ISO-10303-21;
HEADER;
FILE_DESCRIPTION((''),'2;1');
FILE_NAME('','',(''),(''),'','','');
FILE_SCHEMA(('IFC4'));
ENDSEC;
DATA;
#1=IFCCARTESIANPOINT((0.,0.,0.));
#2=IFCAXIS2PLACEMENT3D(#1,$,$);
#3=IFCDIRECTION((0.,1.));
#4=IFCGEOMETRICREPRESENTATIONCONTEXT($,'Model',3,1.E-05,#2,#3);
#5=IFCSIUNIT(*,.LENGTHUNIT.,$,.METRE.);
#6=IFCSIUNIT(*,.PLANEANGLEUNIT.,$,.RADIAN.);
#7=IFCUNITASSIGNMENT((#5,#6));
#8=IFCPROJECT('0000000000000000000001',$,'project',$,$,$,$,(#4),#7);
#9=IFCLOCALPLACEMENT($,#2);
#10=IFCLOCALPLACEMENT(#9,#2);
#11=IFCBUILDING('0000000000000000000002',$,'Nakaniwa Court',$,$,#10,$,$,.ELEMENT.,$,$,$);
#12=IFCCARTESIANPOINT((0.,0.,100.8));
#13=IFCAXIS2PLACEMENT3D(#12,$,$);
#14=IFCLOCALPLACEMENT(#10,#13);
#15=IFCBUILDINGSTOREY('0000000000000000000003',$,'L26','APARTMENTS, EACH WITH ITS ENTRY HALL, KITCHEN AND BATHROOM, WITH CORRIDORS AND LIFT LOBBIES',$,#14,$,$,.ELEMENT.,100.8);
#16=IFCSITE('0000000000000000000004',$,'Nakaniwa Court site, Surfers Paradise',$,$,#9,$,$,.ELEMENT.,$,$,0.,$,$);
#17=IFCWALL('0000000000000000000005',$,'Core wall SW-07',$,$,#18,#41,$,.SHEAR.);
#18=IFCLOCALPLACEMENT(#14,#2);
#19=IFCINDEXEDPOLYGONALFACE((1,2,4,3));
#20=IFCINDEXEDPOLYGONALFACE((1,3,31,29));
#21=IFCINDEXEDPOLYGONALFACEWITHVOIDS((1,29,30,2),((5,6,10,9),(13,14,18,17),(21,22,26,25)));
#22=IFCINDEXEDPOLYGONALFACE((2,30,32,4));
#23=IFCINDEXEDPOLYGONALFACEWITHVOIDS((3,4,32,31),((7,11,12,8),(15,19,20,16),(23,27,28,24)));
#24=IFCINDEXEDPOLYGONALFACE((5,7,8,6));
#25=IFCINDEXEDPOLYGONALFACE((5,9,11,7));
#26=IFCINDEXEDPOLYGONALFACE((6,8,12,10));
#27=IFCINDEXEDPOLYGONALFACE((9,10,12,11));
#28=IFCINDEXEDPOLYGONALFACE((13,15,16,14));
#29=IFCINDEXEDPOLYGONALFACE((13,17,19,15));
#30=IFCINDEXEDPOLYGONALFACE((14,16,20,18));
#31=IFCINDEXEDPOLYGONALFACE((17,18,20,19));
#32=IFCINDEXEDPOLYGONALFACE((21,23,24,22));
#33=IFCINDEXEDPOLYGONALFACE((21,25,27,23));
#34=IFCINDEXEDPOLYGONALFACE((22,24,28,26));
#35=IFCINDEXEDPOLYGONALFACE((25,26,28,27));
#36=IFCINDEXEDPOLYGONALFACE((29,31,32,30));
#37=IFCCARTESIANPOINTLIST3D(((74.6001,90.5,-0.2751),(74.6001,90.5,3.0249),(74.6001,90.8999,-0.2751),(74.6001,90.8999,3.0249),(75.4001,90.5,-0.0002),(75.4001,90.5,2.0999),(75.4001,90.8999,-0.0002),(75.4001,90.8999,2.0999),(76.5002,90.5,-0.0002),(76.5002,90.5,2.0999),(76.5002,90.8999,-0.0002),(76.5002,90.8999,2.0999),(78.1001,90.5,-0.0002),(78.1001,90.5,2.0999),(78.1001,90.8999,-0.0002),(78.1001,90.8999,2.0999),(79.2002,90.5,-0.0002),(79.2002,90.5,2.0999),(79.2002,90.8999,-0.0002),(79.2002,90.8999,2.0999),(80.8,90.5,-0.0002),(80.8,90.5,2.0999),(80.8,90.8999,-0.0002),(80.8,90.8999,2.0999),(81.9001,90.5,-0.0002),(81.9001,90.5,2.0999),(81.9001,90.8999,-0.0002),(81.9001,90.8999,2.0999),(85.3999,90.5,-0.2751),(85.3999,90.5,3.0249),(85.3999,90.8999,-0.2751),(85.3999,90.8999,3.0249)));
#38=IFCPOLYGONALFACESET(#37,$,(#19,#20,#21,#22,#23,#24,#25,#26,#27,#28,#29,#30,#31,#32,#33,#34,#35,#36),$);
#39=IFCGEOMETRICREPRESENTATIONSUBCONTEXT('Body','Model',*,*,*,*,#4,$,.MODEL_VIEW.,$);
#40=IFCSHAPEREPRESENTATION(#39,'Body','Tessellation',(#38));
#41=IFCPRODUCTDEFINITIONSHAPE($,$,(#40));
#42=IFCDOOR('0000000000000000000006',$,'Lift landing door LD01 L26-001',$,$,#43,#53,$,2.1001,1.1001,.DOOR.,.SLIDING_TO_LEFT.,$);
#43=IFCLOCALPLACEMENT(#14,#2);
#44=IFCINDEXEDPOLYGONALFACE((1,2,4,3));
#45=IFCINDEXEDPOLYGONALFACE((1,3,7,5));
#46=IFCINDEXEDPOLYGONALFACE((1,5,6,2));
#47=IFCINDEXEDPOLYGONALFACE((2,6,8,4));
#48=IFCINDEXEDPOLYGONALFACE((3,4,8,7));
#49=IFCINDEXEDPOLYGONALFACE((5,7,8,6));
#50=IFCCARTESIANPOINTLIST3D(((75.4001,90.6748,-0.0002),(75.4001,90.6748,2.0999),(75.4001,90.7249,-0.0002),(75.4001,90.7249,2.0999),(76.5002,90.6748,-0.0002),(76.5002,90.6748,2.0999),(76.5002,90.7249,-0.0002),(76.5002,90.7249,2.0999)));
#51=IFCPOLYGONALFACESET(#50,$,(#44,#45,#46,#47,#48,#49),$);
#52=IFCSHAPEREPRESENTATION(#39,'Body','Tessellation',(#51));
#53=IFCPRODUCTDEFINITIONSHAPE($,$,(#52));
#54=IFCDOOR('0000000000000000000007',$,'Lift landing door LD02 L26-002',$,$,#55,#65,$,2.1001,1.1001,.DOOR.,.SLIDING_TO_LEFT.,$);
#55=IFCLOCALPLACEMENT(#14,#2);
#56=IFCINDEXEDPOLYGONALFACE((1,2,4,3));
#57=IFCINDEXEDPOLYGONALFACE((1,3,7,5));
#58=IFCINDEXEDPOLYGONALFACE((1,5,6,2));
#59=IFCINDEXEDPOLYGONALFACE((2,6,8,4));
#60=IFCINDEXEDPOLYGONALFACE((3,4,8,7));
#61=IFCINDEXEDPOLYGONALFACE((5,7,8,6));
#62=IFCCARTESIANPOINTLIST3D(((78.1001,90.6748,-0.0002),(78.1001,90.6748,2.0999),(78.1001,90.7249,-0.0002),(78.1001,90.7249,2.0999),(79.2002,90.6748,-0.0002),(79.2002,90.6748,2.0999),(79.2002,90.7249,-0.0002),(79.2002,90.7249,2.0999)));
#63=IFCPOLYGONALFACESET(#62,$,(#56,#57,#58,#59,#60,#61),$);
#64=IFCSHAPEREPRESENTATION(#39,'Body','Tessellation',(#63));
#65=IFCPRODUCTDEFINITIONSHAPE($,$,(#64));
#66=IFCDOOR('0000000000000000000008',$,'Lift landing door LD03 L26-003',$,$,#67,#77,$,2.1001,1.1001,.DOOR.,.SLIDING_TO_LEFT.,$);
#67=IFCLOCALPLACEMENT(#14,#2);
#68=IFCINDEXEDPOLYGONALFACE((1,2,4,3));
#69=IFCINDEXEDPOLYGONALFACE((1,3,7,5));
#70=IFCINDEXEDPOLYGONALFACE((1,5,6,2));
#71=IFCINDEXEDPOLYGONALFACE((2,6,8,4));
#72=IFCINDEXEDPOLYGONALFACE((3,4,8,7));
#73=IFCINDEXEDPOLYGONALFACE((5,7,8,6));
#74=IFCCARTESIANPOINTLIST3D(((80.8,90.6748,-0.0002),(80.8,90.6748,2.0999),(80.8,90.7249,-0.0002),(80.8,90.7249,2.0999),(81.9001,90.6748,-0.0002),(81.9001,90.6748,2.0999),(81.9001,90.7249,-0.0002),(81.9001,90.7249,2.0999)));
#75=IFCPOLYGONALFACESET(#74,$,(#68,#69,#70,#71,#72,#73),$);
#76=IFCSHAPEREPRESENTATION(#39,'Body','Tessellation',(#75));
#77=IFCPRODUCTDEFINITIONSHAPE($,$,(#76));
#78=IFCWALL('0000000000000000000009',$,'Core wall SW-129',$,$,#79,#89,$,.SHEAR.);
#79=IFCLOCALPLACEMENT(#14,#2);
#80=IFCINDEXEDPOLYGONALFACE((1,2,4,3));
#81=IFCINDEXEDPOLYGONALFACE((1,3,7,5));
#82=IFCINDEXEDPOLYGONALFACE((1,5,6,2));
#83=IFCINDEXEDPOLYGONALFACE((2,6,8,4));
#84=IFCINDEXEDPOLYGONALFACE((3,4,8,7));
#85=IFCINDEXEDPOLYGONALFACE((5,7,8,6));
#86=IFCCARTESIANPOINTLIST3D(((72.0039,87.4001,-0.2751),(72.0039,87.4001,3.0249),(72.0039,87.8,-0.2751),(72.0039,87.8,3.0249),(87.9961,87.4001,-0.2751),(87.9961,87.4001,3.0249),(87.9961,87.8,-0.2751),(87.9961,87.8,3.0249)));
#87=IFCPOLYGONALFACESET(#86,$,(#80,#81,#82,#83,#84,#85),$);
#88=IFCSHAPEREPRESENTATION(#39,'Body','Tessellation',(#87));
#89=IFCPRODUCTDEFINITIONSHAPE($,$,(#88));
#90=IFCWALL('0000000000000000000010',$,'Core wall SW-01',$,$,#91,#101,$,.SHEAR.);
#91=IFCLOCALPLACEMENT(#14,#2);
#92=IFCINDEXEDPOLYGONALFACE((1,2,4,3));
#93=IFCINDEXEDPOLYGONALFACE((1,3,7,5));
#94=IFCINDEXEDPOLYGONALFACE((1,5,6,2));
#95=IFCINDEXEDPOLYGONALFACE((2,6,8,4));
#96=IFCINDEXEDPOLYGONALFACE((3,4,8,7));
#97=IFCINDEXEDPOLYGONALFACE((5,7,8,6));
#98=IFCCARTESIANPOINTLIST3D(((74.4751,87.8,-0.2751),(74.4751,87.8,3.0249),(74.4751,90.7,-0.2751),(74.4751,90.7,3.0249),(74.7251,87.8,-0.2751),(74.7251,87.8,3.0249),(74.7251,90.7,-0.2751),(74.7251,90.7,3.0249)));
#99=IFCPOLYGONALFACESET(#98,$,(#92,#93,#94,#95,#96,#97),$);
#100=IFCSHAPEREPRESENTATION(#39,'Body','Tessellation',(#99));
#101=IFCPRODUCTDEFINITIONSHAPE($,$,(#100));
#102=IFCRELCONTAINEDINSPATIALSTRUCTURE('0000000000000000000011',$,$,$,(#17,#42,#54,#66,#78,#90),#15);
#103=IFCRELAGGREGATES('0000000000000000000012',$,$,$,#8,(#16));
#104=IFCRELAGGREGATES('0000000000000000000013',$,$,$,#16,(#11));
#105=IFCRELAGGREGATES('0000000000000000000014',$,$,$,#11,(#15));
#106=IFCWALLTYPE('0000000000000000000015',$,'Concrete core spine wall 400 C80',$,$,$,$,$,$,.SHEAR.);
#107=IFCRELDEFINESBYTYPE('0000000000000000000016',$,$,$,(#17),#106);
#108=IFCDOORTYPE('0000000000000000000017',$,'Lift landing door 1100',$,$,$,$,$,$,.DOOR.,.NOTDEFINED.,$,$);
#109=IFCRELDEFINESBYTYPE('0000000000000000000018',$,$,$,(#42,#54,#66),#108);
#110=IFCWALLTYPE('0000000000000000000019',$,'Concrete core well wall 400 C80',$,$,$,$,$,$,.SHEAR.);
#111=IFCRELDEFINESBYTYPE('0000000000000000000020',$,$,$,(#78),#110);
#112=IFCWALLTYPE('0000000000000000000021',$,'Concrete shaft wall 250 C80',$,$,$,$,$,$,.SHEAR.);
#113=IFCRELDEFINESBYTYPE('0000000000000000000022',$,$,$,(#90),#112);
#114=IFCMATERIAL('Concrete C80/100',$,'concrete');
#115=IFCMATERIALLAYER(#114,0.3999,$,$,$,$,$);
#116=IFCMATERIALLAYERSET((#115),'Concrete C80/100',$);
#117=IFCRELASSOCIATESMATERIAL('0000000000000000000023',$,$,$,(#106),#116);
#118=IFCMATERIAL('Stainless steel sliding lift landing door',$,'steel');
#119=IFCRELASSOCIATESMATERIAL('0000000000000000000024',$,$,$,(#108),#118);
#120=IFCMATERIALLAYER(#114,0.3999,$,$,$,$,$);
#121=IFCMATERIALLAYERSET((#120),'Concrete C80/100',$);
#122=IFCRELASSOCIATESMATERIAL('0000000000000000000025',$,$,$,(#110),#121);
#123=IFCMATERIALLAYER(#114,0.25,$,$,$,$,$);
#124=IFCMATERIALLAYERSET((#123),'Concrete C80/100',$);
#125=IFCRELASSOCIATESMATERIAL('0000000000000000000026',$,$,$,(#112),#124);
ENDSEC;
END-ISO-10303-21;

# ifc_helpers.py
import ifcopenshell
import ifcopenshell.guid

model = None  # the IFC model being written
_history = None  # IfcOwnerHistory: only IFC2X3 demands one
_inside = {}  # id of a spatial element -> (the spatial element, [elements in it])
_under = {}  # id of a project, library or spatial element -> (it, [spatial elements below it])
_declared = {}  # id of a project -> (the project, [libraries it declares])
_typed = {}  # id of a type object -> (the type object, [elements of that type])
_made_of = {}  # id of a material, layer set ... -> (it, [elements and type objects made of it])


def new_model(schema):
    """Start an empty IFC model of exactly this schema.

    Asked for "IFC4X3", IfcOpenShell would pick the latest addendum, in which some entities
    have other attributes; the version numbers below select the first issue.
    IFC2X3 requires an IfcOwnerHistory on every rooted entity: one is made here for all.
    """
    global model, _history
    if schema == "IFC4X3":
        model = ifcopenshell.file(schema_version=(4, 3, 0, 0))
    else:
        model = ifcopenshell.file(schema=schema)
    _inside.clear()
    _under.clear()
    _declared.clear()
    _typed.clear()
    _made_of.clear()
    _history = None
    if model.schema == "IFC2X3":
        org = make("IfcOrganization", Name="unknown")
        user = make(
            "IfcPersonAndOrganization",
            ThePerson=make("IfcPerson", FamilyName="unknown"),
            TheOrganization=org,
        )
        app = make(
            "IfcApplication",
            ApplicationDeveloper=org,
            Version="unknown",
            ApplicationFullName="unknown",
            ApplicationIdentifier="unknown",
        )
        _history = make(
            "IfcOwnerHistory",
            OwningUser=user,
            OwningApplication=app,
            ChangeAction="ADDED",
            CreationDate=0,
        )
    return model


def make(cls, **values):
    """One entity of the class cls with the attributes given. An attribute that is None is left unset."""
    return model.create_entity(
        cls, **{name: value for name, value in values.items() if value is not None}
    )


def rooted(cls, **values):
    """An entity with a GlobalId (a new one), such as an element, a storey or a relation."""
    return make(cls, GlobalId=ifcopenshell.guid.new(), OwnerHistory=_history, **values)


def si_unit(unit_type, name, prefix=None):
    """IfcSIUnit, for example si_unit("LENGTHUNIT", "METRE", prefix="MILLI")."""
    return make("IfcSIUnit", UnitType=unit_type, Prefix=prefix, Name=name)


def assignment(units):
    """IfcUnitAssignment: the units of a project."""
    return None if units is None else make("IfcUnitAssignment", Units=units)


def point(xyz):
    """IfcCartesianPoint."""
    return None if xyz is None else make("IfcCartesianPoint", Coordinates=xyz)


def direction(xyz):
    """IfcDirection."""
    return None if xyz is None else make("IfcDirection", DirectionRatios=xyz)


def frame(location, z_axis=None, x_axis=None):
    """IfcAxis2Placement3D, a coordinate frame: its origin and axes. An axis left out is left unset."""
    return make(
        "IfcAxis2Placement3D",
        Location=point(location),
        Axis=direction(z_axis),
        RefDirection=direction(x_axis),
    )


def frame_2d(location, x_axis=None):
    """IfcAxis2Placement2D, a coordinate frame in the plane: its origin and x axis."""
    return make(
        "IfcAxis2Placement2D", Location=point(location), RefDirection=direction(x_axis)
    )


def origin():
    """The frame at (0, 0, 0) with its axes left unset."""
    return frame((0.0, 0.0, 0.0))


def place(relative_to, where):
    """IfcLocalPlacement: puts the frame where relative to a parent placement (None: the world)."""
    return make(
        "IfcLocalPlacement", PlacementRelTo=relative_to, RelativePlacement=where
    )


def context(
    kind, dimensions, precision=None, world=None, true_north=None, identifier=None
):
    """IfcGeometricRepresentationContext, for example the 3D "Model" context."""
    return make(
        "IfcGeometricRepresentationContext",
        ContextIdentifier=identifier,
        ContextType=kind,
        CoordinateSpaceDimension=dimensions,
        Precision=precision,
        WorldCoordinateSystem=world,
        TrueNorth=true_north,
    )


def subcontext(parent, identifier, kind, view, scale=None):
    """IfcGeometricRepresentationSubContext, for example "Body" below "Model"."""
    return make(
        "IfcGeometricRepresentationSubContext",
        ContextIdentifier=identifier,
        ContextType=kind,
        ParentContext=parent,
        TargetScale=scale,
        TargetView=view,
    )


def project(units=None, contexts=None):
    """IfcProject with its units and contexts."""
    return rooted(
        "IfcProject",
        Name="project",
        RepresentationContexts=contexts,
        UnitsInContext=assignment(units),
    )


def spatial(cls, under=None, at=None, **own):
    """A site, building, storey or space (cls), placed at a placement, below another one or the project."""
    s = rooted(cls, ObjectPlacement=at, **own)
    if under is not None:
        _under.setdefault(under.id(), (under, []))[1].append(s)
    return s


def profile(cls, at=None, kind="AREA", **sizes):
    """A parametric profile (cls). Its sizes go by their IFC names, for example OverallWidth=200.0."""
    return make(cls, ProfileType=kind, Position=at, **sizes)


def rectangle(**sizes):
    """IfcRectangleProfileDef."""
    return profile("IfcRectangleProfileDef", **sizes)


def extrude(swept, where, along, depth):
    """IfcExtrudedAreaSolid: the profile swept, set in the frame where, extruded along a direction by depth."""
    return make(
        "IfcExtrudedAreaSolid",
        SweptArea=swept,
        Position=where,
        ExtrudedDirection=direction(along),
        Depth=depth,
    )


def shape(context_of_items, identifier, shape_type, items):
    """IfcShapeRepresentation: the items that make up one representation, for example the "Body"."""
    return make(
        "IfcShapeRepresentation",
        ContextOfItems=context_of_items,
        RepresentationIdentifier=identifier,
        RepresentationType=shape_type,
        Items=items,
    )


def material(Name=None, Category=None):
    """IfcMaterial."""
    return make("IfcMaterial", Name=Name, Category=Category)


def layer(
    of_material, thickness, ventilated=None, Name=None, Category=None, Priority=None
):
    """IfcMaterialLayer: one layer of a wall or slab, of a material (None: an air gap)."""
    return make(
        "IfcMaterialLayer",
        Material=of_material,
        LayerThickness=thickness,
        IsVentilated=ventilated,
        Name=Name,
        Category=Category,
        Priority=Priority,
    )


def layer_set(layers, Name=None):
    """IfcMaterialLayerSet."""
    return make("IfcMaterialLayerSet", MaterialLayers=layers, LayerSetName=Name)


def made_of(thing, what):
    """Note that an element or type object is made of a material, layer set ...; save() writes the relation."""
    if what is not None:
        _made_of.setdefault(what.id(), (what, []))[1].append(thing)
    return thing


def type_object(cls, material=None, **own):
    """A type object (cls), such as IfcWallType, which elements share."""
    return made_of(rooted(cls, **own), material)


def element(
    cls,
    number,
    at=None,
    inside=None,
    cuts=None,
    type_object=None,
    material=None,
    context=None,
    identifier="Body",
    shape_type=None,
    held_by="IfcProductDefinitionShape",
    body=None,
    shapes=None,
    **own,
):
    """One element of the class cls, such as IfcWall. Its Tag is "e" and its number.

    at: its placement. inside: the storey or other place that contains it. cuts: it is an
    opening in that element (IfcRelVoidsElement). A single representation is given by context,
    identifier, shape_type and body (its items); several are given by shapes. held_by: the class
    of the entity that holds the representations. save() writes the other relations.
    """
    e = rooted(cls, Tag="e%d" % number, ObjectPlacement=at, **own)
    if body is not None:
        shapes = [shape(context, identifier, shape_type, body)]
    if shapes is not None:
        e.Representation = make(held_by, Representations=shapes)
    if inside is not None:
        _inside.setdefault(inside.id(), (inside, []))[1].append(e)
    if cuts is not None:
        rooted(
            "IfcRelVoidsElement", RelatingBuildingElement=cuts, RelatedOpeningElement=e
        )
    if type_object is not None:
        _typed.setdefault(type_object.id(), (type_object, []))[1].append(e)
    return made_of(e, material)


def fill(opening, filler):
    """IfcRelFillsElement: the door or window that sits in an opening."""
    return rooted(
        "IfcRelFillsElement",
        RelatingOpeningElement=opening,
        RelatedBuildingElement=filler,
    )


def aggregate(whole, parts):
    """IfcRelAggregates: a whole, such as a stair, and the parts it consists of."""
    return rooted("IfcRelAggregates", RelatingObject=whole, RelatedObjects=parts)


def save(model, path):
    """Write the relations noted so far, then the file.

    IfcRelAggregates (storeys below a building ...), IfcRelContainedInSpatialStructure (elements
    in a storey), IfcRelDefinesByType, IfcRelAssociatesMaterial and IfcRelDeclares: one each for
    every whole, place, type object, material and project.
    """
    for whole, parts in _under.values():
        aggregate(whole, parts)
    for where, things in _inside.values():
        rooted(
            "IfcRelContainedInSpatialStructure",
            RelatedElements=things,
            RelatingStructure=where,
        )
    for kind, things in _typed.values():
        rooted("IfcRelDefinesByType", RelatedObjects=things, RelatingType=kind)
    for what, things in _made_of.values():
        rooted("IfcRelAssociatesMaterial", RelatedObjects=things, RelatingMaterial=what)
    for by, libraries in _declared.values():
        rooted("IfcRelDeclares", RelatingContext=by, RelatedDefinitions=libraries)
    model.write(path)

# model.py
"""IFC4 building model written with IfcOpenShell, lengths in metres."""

from ifc_helpers import new_model, si_unit, direction, frame, frame_2d, origin, place, context, subcontext, project, spatial, rectangle, extrude, material, layer, layer_set, type_object, element, fill, save


model = new_model("IFC4")

# Units and contexts
model_context = context("Model", 3, precision=1e-05, world=origin(), true_north=direction((0.0, 1.0)))
body_context = subcontext(model_context, "Body", "Model", "MODEL_VIEW")
ifc_project = project(units=[si_unit("LENGTHUNIT", "METRE"), si_unit("PLANEANGLEUNIT", "RADIAN")], contexts=[model_context])

# Site, building, storey
site_placement = place(None, origin())
site = spatial("IfcSite", under=ifc_project, at=site_placement, Name="Nakaniwa Court site, Surfers Paradise", CompositionType="ELEMENT", RefElevation=0.0)
building_placement = place(site_placement, origin())
building = spatial("IfcBuilding", under=site, at=building_placement, Name="Nakaniwa Court", CompositionType="ELEMENT")
storey_placement = place(building_placement, frame((0.0, 0.0, 100.8)))
storey = spatial("IfcBuildingStorey", under=building, at=storey_placement, Name="L26", Description="APARTMENTS, EACH WITH ITS ENTRY HALL, KITCHEN AND BATHROOM, WITH CORRIDORS AND LIFT LOBBIES", CompositionType="ELEMENT", Elevation=100.8)

# Shared definitions
ifc_material_1 = material(Name="Concrete C80/100", Category="concrete")

# Wall, openings, doors
ifc_layer_1 = layer(ifc_material_1, 0.3999)
ifc_layer_set_1 = layer_set([ifc_layer_1], Name="Concrete C80/100")
wall_type_1 = type_object("IfcWallType", Name="Concrete core spine wall 400 C80", PredefinedType="SHEAR", material=ifc_layer_set_1)
wall_1_placement = place(storey_placement, frame((74.6001, 90.7, -0.2751), z_axis=(0.0, 0.0, 1.0), x_axis=(1.0, 0.0, 0.0)))
wall_1 = element("IfcWall", 1, at=wall_1_placement, inside=storey, type_object=wall_type_1, Name="Core wall SW-07", PredefinedType="SHEAR", context=body_context, shape_type="SweptSolid", body=[
    extrude(rectangle(XDim=10.7998, YDim=0.3999, at=frame_2d((5.3999, 0.0))), origin(), (0.0, 0.0, 1.0), 3.3),
])
opening_1_placement = place(wall_1_placement, frame((0.8, 0.0, 0.2749)))
opening_1 = element("IfcOpeningElement", 2, at=opening_1_placement, cuts=wall_1, PredefinedType="OPENING", context=body_context, shape_type="SweptSolid", body=[
    extrude(rectangle(XDim=1.1001, YDim=2.1001, at=frame_2d((0.55, 1.05))), frame((0.0, 0.21, 0.0), z_axis=(0.0, -1.0, 0.0), x_axis=(1.0, 0.0, 0.0)), (0.0, 0.0, 1.0), 0.4199),
])
opening_2_placement = place(wall_1_placement, frame((3.5, 0.0, 0.2749)))
opening_2 = element("IfcOpeningElement", 3, at=opening_2_placement, cuts=wall_1, PredefinedType="OPENING", context=body_context, shape_type="SweptSolid", body=[
    extrude(rectangle(XDim=1.1001, YDim=2.1001, at=frame_2d((0.55, 1.05))), frame((0.0, 0.21, 0.0), z_axis=(0.0, -1.0, 0.0), x_axis=(1.0, 0.0, 0.0)), (0.0, 0.0, 1.0), 0.4199),
])
opening_3_placement = place(wall_1_placement, frame((6.2, 0.0, 0.2749)))
opening_3 = element("IfcOpeningElement", 4, at=opening_3_placement, cuts=wall_1, PredefinedType="OPENING", context=body_context, shape_type="SweptSolid", body=[
    extrude(rectangle(XDim=1.1001, YDim=2.1001, at=frame_2d((0.55, 1.05))), frame((0.0, 0.21, 0.0), z_axis=(0.0, -1.0, 0.0), x_axis=(1.0, 0.0, 0.0)), (0.0, 0.0, 1.0), 0.4199),
])
ifc_material_2 = material(Name="Stainless steel sliding lift landing door", Category="steel")
door_type_1 = type_object("IfcDoorType", Name="Lift landing door 1100", OperationType="NOTDEFINED", PredefinedType="DOOR", material=ifc_material_2)
door_1_placement = place(opening_1_placement, origin())
door_1 = element("IfcDoor", 5, at=door_1_placement, inside=storey, type_object=door_type_1, Name="Lift landing door LD01 L26-001", OperationType="SLIDING_TO_LEFT", OverallHeight=2.1001, OverallWidth=1.1001, PredefinedType="DOOR", context=body_context, shape_type="SweptSolid", body=[
    extrude(rectangle(XDim=1.1001, YDim=2.1001, at=frame_2d((0.55, 1.05))), frame((0.0, 0.0249, 0.0), z_axis=(0.0, -1.0, 0.0), x_axis=(1.0, 0.0, 0.0)), (0.0, 0.0, 1.0), 0.05),
])
fill(opening_1, door_1)
door_2_placement = place(opening_2_placement, origin())
door_2 = element("IfcDoor", 6, at=door_2_placement, inside=storey, type_object=door_type_1, Name="Lift landing door LD02 L26-002", OperationType="SLIDING_TO_LEFT", OverallHeight=2.1001, OverallWidth=1.1001, PredefinedType="DOOR", context=body_context, shape_type="SweptSolid", body=[
    extrude(rectangle(XDim=1.1001, YDim=2.1001, at=frame_2d((0.55, 1.05))), frame((0.0, 0.0249, 0.0), z_axis=(0.0, -1.0, 0.0), x_axis=(1.0, 0.0, 0.0)), (0.0, 0.0, 1.0), 0.05),
])
fill(opening_2, door_2)
door_3_placement = place(opening_3_placement, origin())
door_3 = element("IfcDoor", 7, at=door_3_placement, inside=storey, type_object=door_type_1, Name="Lift landing door LD03 L26-003", OperationType="SLIDING_TO_LEFT", OverallHeight=2.1001, OverallWidth=1.1001, PredefinedType="DOOR", context=body_context, shape_type="SweptSolid", body=[
    extrude(rectangle(XDim=1.1001, YDim=2.1001, at=frame_2d((0.55, 1.05))), frame((0.0, 0.0249, 0.0), z_axis=(0.0, -1.0, 0.0), x_axis=(1.0, 0.0, 0.0)), (0.0, 0.0, 1.0), 0.05),
])
fill(opening_3, door_3)

# Walls
ifc_layer_2 = layer(ifc_material_1, 0.3999)
ifc_layer_set_2 = layer_set([ifc_layer_2], Name="Concrete C80/100")
wall_type_2 = type_object("IfcWallType", Name="Concrete core well wall 400 C80", PredefinedType="SHEAR", material=ifc_layer_set_2)
wall_2_placement = place(storey_placement, frame((72.0039, 87.6001, -0.2751), z_axis=(0.0, 0.0, 1.0), x_axis=(1.0, 0.0, 0.0)))
element("IfcWall", 8, at=wall_2_placement, inside=storey, type_object=wall_type_2, Name="Core wall SW-129", PredefinedType="SHEAR", context=body_context, shape_type="SweptSolid", body=[
    extrude(rectangle(XDim=15.9922, YDim=0.3999, at=frame_2d((7.9961, 0.0))), origin(), (0.0, 0.0, 1.0), 3.3),
])
ifc_layer_3 = layer(ifc_material_1, 0.25)
ifc_layer_set_3 = layer_set([ifc_layer_3], Name="Concrete C80/100")
wall_type_3 = type_object("IfcWallType", Name="Concrete shaft wall 250 C80", PredefinedType="SHEAR", material=ifc_layer_set_3)
wall_3_placement = place(storey_placement, frame((74.6001, 87.8, -0.2751), z_axis=(0.0, 0.0, 1.0), x_axis=(0.0, 1.0, 0.0)))
element("IfcWall", 9, at=wall_3_placement, inside=storey, type_object=wall_type_3, Name="Core wall SW-01", PredefinedType="SHEAR", context=body_context, shape_type="SweptSolid", body=[
    extrude(rectangle(XDim=2.8999, YDim=0.25, at=frame_2d((1.45, 0.0))), origin(), (0.0, 0.0, 1.0), 3.3),
])

save(model, "model.ifc")
